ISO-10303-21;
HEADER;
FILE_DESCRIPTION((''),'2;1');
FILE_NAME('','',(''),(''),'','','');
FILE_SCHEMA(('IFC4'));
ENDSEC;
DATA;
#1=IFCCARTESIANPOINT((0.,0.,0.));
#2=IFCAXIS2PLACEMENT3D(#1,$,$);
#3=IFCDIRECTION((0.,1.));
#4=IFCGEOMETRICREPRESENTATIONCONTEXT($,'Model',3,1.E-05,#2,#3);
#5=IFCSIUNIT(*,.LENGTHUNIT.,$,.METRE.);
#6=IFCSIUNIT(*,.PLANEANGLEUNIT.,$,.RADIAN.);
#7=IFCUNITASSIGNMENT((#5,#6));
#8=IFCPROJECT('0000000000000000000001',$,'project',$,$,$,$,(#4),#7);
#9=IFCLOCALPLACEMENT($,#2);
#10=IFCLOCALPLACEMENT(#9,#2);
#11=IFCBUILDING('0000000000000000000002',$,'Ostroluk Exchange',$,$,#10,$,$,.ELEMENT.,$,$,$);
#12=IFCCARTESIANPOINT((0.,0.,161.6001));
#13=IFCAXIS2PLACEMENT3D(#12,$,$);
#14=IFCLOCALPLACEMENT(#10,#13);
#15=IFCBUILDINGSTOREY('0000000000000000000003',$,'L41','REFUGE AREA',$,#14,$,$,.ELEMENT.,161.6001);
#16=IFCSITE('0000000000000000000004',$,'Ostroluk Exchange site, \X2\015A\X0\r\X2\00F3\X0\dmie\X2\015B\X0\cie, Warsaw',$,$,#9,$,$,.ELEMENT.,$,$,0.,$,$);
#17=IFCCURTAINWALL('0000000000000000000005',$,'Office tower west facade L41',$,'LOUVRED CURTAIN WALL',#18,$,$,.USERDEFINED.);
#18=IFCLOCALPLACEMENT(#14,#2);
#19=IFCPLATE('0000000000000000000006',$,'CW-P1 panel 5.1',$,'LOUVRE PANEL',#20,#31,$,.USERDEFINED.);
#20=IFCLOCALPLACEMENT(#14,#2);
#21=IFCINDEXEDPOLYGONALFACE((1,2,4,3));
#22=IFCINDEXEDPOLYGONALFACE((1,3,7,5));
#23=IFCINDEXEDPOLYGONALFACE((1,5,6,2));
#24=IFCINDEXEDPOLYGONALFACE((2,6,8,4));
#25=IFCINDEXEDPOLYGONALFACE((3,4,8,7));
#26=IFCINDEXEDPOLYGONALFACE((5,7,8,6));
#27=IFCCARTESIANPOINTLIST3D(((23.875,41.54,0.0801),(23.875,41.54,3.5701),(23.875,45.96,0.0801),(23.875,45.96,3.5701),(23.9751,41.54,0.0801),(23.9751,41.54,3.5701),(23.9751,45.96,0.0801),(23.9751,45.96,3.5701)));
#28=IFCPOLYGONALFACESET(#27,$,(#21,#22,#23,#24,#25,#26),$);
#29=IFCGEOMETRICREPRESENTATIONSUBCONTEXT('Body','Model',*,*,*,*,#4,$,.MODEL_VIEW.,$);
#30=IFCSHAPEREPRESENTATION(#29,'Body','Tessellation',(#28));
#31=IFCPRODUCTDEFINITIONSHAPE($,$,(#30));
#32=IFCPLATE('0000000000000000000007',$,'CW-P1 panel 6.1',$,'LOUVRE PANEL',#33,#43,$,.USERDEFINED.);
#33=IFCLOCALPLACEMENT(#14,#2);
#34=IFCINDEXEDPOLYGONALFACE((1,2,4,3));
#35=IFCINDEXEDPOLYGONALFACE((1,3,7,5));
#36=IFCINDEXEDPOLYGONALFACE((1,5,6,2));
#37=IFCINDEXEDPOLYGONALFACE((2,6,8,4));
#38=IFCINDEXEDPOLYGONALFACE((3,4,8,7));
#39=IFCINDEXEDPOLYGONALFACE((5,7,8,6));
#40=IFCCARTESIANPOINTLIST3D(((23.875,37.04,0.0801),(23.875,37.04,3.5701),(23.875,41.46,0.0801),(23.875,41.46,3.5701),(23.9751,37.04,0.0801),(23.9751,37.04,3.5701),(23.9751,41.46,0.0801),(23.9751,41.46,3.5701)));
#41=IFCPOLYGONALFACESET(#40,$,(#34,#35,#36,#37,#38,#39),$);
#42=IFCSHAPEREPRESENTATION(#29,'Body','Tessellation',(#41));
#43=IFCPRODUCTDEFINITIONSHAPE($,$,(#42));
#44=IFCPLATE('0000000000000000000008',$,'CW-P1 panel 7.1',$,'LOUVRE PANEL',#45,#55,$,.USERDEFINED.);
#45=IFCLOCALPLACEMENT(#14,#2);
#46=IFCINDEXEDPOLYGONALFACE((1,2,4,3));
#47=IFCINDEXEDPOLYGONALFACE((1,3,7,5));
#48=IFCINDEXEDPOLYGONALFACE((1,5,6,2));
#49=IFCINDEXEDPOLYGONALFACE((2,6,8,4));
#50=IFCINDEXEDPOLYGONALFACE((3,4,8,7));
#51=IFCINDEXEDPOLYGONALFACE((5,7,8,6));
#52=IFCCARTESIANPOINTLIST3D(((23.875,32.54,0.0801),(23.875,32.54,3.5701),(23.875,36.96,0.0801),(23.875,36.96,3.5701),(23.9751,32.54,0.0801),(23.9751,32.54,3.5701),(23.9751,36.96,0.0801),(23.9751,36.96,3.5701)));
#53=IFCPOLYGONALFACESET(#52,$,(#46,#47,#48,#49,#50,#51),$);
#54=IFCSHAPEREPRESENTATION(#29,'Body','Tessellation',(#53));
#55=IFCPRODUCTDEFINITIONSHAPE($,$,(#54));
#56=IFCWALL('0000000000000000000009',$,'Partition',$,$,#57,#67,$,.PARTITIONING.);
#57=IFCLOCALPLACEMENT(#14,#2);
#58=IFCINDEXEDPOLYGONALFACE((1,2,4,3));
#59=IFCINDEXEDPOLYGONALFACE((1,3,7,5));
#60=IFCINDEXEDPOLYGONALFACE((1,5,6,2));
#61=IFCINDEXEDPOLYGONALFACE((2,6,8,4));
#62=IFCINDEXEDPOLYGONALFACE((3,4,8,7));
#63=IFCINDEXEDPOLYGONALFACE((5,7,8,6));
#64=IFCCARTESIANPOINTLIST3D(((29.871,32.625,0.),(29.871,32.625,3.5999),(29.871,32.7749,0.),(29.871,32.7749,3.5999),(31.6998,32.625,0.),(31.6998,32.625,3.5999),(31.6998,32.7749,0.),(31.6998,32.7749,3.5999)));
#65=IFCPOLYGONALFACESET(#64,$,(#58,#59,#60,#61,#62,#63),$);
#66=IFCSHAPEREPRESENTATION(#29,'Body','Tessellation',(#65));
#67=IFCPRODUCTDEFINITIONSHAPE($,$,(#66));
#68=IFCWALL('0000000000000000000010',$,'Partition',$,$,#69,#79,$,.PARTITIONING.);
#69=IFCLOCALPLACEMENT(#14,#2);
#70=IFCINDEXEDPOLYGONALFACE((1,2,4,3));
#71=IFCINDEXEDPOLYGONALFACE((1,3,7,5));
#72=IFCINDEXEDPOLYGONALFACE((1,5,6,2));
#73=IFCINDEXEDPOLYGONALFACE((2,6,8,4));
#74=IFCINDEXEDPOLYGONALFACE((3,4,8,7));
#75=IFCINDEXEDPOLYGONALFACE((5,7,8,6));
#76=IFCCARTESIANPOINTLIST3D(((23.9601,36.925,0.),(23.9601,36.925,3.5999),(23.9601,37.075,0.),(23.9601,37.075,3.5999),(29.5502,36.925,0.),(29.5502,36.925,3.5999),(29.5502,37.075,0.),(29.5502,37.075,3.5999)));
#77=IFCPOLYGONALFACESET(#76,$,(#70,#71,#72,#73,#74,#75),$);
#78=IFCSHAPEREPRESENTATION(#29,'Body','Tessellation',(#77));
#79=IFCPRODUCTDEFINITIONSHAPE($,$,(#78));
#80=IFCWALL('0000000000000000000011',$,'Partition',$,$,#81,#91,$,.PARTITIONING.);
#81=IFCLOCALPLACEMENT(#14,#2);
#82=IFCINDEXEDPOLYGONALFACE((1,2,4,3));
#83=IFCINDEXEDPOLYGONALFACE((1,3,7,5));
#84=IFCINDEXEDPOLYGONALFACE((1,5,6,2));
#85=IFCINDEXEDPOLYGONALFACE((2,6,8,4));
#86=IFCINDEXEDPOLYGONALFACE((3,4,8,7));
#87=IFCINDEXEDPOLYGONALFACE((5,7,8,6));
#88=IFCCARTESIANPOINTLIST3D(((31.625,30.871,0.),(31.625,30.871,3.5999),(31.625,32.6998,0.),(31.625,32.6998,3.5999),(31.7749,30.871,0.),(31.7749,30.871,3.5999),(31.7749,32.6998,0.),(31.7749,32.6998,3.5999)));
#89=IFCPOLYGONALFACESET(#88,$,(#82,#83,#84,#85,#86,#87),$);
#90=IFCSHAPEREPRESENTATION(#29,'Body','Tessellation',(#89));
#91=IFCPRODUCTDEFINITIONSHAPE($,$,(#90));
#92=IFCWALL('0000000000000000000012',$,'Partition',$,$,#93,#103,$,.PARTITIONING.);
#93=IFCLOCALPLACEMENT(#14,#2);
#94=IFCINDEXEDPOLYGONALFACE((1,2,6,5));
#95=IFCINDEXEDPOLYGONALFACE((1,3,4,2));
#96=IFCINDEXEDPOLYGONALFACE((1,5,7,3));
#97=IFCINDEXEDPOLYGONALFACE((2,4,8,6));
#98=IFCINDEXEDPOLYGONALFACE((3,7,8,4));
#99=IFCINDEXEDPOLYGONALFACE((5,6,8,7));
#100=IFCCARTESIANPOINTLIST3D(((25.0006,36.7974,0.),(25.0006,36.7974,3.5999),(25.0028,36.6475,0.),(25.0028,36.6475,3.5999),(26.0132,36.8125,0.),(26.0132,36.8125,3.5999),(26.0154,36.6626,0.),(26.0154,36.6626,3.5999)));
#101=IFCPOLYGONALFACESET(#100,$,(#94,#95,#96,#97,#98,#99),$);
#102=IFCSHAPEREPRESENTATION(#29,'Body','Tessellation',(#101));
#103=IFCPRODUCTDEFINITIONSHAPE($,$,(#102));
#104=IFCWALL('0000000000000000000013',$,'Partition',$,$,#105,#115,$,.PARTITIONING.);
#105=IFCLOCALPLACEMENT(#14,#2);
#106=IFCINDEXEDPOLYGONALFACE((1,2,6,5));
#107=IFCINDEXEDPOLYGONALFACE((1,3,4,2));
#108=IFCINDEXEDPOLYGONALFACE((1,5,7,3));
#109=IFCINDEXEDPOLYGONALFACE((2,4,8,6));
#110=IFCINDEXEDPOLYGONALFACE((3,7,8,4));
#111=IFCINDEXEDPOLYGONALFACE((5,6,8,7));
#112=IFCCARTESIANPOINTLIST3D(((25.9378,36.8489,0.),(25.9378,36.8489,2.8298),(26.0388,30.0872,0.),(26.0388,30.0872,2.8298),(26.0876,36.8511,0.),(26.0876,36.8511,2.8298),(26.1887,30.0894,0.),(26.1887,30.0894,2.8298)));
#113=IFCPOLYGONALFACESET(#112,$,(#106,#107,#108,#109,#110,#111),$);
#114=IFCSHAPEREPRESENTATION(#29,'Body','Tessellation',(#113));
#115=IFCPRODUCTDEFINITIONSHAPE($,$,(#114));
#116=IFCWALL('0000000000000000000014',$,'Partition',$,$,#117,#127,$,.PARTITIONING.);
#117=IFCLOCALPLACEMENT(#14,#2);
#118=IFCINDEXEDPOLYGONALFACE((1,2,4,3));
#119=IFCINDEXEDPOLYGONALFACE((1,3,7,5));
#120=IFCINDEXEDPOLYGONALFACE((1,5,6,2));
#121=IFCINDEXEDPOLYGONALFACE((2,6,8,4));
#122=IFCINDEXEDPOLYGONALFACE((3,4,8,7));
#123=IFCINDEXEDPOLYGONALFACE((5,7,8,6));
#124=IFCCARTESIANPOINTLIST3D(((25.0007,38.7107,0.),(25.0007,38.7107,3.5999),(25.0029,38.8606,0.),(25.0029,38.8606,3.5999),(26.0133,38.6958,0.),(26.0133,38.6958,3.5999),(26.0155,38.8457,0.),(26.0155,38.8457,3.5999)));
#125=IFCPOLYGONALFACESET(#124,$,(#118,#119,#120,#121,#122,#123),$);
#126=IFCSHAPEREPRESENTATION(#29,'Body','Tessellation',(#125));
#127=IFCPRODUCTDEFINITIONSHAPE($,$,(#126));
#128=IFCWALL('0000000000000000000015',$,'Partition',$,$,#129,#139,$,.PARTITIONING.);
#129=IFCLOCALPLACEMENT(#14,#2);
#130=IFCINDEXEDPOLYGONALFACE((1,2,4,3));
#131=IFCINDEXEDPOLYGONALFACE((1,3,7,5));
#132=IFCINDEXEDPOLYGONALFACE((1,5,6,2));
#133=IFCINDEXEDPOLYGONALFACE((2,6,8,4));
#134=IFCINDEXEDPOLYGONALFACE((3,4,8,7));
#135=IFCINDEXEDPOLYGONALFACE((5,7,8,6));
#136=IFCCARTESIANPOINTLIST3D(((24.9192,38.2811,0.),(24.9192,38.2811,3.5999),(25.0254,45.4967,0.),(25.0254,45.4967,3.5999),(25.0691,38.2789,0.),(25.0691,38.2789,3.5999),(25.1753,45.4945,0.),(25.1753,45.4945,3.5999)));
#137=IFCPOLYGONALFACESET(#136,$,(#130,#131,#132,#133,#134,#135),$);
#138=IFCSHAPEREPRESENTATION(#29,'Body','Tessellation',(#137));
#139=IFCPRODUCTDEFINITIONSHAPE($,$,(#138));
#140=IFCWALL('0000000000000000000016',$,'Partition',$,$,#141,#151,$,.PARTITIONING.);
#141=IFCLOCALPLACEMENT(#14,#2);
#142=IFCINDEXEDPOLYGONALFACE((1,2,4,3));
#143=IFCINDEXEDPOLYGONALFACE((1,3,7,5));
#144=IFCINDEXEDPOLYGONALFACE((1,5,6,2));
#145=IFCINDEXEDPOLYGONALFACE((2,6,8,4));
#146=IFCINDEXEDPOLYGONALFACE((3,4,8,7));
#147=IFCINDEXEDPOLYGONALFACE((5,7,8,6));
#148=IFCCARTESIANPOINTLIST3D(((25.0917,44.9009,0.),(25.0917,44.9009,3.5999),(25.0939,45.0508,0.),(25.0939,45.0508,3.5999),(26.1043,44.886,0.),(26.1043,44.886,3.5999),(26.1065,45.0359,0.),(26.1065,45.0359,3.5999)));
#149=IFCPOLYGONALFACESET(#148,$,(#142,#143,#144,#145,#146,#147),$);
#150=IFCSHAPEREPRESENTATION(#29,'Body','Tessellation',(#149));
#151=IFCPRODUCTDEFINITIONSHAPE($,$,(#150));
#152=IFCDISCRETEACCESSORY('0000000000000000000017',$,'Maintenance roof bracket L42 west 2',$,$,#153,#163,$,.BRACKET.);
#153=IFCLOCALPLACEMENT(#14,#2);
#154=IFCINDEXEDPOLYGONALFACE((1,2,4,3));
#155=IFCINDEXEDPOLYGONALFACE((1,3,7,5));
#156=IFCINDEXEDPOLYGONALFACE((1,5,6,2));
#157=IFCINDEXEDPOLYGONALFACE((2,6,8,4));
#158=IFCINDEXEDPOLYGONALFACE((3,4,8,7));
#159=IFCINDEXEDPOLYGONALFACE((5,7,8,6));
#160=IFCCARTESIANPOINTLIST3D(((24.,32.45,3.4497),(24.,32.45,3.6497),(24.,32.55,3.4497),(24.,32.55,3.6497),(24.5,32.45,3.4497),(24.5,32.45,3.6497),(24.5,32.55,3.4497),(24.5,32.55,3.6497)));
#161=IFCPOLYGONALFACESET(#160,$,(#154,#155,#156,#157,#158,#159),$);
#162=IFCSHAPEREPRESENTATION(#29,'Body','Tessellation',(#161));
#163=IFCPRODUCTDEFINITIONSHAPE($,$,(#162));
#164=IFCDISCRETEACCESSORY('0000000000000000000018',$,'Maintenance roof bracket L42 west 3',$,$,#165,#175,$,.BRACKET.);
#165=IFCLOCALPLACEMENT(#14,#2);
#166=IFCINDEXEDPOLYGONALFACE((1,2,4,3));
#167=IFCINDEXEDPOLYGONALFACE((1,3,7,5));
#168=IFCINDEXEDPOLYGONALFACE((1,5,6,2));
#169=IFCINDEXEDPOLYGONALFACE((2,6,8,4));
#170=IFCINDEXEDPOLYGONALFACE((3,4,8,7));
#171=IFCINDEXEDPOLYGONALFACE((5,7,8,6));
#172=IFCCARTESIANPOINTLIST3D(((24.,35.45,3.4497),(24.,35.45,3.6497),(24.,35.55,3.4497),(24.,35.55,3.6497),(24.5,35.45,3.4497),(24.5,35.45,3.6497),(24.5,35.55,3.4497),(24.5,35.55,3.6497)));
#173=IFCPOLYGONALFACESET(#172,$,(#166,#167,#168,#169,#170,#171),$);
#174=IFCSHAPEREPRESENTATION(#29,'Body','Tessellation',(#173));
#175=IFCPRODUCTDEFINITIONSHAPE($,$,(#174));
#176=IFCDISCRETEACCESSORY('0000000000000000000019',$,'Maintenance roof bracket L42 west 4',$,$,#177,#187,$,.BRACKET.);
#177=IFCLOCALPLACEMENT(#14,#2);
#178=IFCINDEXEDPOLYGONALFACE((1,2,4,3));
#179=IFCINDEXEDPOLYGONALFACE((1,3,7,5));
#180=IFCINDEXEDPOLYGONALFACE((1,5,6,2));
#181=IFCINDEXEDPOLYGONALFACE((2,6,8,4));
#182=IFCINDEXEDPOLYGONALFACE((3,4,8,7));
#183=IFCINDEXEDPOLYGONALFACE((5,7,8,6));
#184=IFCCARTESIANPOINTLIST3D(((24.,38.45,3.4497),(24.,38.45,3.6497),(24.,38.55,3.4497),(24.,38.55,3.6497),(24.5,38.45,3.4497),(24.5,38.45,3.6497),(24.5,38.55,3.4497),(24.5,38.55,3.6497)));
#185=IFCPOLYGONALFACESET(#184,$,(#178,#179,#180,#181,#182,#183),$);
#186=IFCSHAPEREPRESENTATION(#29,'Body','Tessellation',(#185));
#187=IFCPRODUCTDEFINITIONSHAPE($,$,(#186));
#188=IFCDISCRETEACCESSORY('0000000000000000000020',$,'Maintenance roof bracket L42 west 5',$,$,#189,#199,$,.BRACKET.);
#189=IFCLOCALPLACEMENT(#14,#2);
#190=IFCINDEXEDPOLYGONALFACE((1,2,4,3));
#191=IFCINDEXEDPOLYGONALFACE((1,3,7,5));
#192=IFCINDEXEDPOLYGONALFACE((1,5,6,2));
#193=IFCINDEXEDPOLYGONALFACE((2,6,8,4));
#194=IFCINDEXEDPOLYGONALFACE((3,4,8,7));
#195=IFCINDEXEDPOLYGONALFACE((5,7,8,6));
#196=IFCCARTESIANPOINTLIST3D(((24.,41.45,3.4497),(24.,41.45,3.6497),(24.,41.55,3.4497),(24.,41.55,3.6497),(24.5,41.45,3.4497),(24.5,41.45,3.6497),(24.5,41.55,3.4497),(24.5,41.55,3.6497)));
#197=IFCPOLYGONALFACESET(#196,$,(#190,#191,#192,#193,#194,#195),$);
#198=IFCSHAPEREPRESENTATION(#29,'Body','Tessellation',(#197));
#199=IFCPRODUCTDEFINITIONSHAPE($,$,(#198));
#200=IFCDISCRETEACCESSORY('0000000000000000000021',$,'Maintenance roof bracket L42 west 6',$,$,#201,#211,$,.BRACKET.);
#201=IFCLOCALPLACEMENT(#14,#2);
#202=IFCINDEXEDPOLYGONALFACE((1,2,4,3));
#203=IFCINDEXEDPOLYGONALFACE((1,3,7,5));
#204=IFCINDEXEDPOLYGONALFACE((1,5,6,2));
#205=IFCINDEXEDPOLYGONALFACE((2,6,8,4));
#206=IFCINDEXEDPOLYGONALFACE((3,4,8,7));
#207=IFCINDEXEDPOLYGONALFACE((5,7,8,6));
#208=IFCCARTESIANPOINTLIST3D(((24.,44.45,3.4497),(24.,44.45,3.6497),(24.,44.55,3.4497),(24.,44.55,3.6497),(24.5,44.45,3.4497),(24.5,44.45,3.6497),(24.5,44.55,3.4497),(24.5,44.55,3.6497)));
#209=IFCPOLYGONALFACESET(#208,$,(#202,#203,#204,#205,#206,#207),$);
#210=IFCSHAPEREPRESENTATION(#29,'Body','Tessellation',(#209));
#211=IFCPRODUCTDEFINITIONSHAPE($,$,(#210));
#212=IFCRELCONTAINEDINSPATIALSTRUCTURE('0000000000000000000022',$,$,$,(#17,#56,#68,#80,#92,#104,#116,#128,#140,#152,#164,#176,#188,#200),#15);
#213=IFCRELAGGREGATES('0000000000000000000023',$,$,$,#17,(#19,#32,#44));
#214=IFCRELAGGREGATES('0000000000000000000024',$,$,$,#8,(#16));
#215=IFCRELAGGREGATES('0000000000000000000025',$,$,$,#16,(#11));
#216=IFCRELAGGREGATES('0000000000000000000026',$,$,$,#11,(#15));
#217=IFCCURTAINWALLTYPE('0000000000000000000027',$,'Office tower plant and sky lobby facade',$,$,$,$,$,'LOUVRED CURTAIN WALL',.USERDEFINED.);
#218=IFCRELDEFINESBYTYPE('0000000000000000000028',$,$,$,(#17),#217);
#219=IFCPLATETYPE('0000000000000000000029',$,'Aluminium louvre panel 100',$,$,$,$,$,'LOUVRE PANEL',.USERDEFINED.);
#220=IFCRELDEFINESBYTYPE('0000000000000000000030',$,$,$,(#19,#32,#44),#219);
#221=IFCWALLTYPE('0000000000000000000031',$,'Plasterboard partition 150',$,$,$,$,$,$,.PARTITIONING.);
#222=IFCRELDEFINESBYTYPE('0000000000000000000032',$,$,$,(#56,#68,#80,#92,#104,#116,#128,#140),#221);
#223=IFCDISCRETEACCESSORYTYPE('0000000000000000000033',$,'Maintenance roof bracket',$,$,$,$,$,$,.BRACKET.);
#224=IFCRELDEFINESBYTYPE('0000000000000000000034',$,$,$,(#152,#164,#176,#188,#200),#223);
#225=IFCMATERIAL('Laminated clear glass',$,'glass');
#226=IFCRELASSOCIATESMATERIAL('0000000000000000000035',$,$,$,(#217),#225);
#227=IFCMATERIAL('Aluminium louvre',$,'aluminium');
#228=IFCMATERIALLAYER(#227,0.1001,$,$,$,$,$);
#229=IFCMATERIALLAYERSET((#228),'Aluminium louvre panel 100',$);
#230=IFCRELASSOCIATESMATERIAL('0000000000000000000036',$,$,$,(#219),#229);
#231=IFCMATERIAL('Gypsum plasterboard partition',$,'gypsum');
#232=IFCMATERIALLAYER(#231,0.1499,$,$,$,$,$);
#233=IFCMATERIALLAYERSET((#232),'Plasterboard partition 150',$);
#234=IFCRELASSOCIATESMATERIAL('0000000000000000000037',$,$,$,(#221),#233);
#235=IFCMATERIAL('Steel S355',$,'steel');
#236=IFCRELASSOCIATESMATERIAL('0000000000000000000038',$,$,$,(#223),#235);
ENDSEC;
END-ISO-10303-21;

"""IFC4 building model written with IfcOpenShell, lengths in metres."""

from ifc_helpers import new_model, si_unit, direction, frame, frame_2d, origin, origin_2d, place, context, subcontext, project, spatial, rectangle, extrude, material, layer, layer_set, type_object, element, aggregate, save


model = new_model("IFC4")

# Units and contexts
model_context = context("Model", 3, precision=1e-05, world=origin(), true_north=direction((0.0, 1.0)))
body_context = subcontext(model_context, "Body", "Model", "MODEL_VIEW")
ifc_project = project(units=[si_unit("LENGTHUNIT", "METRE"), si_unit("PLANEANGLEUNIT", "RADIAN")], contexts=[model_context])

# Site, building, storey
site_placement = place(None, origin())
site = spatial("IfcSite", under=ifc_project, at=site_placement, Name="Ostroluk Exchange site, Śródmieście, Warsaw", CompositionType="ELEMENT", RefElevation=0.0)
building_placement = place(site_placement, origin())
building = spatial("IfcBuilding", under=site, at=building_placement, Name="Ostroluk Exchange", CompositionType="ELEMENT")
storey_placement = place(building_placement, frame((0.0, 0.0, 161.6001)))
storey = spatial("IfcBuildingStorey", under=building, at=storey_placement, Name="L41", Description="REFUGE AREA", CompositionType="ELEMENT", Elevation=161.6001)

# Curtain wall, plates
ifc_material_1 = material(Name="Laminated clear glass", Category="glass")
curtain_wall_type = type_object("IfcCurtainWallType", Name="Office tower plant and sky lobby facade", ElementType="LOUVRED CURTAIN WALL", PredefinedType="USERDEFINED", material=ifc_material_1)
curtain_wall_placement = place(storey_placement, origin())
curtain_wall = element("IfcCurtainWall", 1, at=curtain_wall_placement, inside=storey, type_object=curtain_wall_type, Name="Office tower west facade L41", ObjectType="LOUVRED CURTAIN WALL", PredefinedType="USERDEFINED")
ifc_material_2 = material(Name="Aluminium louvre", Category="aluminium")
ifc_layer_1 = layer(ifc_material_2, 0.1001)
ifc_layer_set_1 = layer_set([ifc_layer_1], Name="Aluminium louvre panel 100")
plate_type = type_object("IfcPlateType", Name="Aluminium louvre panel 100", ElementType="LOUVRE PANEL", PredefinedType="USERDEFINED", material=ifc_layer_set_1)
plate_1_placement = place(storey_placement, frame((23.925, 43.75, 0.0801), z_axis=(0.0, 0.0, 1.0), x_axis=(0.0, -1.0, 0.0)))
plate_1 = element("IfcPlate", 2, at=plate_1_placement, type_object=plate_type, Name="CW-P1 panel 5.1", ObjectType="LOUVRE PANEL", PredefinedType="USERDEFINED", context=body_context, shape_type="SweptSolid", body=[
    extrude(rectangle(XDim=4.4199, YDim=0.1001, at=origin_2d()), origin(), (0.0, 0.0, 1.0), 3.49),
])
plate_2_placement = place(storey_placement, frame((23.925, 39.25, 0.0801), z_axis=(0.0, 0.0, 1.0), x_axis=(0.0, -1.0, 0.0)))
plate_2 = element("IfcPlate", 3, at=plate_2_placement, type_object=plate_type, Name="CW-P1 panel 6.1", ObjectType="LOUVRE PANEL", PredefinedType="USERDEFINED", context=body_context, shape_type="SweptSolid", body=[
    extrude(rectangle(XDim=4.4199, YDim=0.1001, at=origin_2d()), origin(), (0.0, 0.0, 1.0), 3.49),
])
plate_3_placement = place(storey_placement, frame((23.925, 34.75, 0.0801), z_axis=(0.0, 0.0, 1.0), x_axis=(0.0, -1.0, 0.0)))
plate_3 = element("IfcPlate", 4, at=plate_3_placement, type_object=plate_type, Name="CW-P1 panel 7.1", ObjectType="LOUVRE PANEL", PredefinedType="USERDEFINED", context=body_context, shape_type="SweptSolid", body=[
    extrude(rectangle(XDim=4.4199, YDim=0.1001, at=origin_2d()), origin(), (0.0, 0.0, 1.0), 3.49),
])
aggregate(curtain_wall, [plate_1, plate_2, plate_3])

# Walls
ifc_material_3 = material(Name="Gypsum plasterboard partition", Category="gypsum")
ifc_layer_2 = layer(ifc_material_3, 0.1499)
ifc_layer_set_2 = layer_set([ifc_layer_2], Name="Plasterboard partition 150")
wall_type = type_object("IfcWallType", Name="Plasterboard partition 150", PredefinedType="PARTITIONING", material=ifc_layer_set_2)
wall_1_placement = place(storey_placement, frame((31.7, 32.7, 0.0), z_axis=(0.0, 0.0, 1.0), x_axis=(-1.0, 0.0, 0.0)))
element("IfcWall", 5, at=wall_1_placement, inside=storey, type_object=wall_type, Name="Partition", PredefinedType="PARTITIONING", context=body_context, shape_type="SweptSolid", body=[
    extrude(rectangle(XDim=1.8289, YDim=0.1499, at=frame_2d((0.9146, 0.0))), origin(), (0.0, 0.0, 1.0), 3.5999),
])
wall_2_placement = place(storey_placement, frame((29.55, 37.0, 0.0), z_axis=(0.0, 0.0, 1.0), x_axis=(-1.0, 0.0, 0.0)))
element("IfcWall", 6, at=wall_2_placement, inside=storey, type_object=wall_type, Name="Partition", PredefinedType="PARTITIONING", context=body_context, shape_type="SweptSolid", body=[
    extrude(rectangle(XDim=5.5901, YDim=0.1499, at=frame_2d((2.7949, 0.0))), origin(), (0.0, 0.0, 1.0), 3.5999),
])
wall_3_placement = place(storey_placement, frame((31.7, 32.7, 0.0), z_axis=(0.0, 0.0, 1.0), x_axis=(0.0, -1.0, 0.0)))
element("IfcWall", 7, at=wall_3_placement, inside=storey, type_object=wall_type, Name="Partition", PredefinedType="PARTITIONING", context=body_context, shape_type="SweptSolid", body=[
    extrude(rectangle(XDim=1.8289, YDim=0.1499, at=frame_2d((0.9146, 0.0))), origin(), (0.0, 0.0, 1.0), 3.5999),
])
wall_4_placement = place(storey_placement, frame((25.0017, 36.7224, 0.0), z_axis=(0.0, 0.0, 1.0), x_axis=(0.999888, 0.014945, 0.0)))
element("IfcWall", 8, at=wall_4_placement, inside=storey, type_object=wall_type, Name="Partition", PredefinedType="PARTITIONING", context=body_context, shape_type="SweptSolid", body=[
    extrude(rectangle(XDim=1.0127, YDim=0.1499, at=frame_2d((0.5063, 0.0))), origin(), (0.0, 0.0, 1.0), 3.5999),
])
wall_5_placement = place(storey_placement, frame((26.0127, 36.8501, 0.0), z_axis=(0.0, 0.0, 1.0), x_axis=(0.014946, -0.999888, 0.0)))
element("IfcWall", 9, at=wall_5_placement, inside=storey, type_object=wall_type, Name="Partition", PredefinedType="PARTITIONING", context=body_context, shape_type="SweptSolid", body=[
    extrude(rectangle(XDim=6.7625, YDim=0.1499, at=frame_2d((3.3813, 0.0))), origin(), (0.0, 0.0, 1.0), 2.8298),
])
wall_6_placement = place(storey_placement, frame((26.0144, 38.7708, 0.0), z_axis=(0.0, 0.0, 1.0), x_axis=(-0.999892, 0.014704, 0.0)))
element("IfcWall", 10, at=wall_6_placement, inside=storey, type_object=wall_type, Name="Partition", PredefinedType="PARTITIONING", context=body_context, shape_type="SweptSolid", body=[
    extrude(rectangle(XDim=1.0127, YDim=0.1499, at=frame_2d((0.5063, 0.0))), origin(), (0.0, 0.0, 1.0), 3.5999),
])
wall_7_placement = place(storey_placement, frame((24.9941, 38.28, 0.0), z_axis=(0.0, 0.0, 1.0), x_axis=(0.014717, 0.999892, 0.0)))
element("IfcWall", 11, at=wall_7_placement, inside=storey, type_object=wall_type, Name="Partition", PredefinedType="PARTITIONING", context=body_context, shape_type="SweptSolid", body=[
    extrude(rectangle(XDim=7.2163, YDim=0.1499, at=frame_2d((3.6082, 0.0))), origin(), (0.0, 0.0, 1.0), 3.5999),
])
wall_8_placement = place(storey_placement, frame((25.0928, 44.9758, 0.0), z_axis=(0.0, 0.0, 1.0), x_axis=(0.999892, -0.014704, 0.0)))
element("IfcWall", 12, at=wall_8_placement, inside=storey, type_object=wall_type, Name="Partition", PredefinedType="PARTITIONING", context=body_context, shape_type="SweptSolid", body=[
    extrude(rectangle(XDim=1.0127, YDim=0.1499, at=frame_2d((0.5063, 0.0))), origin(), (0.0, 0.0, 1.0), 3.5999),
])

# Discrete accessories
ifc_material_4 = material(Name="Steel S355", Category="steel")
discrete_accessory_type = type_object("IfcDiscreteAccessoryType", Name="Maintenance roof bracket", PredefinedType="BRACKET", material=ifc_material_4)
for number, where, z_axis, x_axis, name in (
    (13, (24.25, 32.5, 3.4497), (0.0, 0.0, 1.0), (1.0, 0.0, 0.0), "Maintenance roof bracket L42 west 2"),
    (14, (24.25, 35.5, 3.4497), (0.0, 0.0, 1.0), (1.0, 0.0, 0.0), "Maintenance roof bracket L42 west 3"),
    (15, (24.25, 38.5, 3.4497), (0.0, 0.0, 1.0), (1.0, 0.0, 0.0), "Maintenance roof bracket L42 west 4"),
    (16, (24.25, 41.5, 3.4497), (0.0, 0.0, 1.0), (1.0, 0.0, 0.0), "Maintenance roof bracket L42 west 5"),
    (17, (24.25, 44.5, 3.4497), (0.0, 0.0, 1.0), (1.0, 0.0, 0.0), "Maintenance roof bracket L42 west 6"),
):
    element("IfcDiscreteAccessory", number, at=place(storey_placement, frame(where, z_axis=z_axis, x_axis=x_axis)), inside=storey, type_object=discrete_accessory_type, Name=name, PredefinedType="BRACKET", context=body_context, shape_type="SweptSolid", body=[
        extrude(rectangle(XDim=0.5, YDim=0.1001, at=origin_2d()), origin(), (0.0, 0.0, 1.0), 0.2),
    ])

save(model, "model.ifc")
